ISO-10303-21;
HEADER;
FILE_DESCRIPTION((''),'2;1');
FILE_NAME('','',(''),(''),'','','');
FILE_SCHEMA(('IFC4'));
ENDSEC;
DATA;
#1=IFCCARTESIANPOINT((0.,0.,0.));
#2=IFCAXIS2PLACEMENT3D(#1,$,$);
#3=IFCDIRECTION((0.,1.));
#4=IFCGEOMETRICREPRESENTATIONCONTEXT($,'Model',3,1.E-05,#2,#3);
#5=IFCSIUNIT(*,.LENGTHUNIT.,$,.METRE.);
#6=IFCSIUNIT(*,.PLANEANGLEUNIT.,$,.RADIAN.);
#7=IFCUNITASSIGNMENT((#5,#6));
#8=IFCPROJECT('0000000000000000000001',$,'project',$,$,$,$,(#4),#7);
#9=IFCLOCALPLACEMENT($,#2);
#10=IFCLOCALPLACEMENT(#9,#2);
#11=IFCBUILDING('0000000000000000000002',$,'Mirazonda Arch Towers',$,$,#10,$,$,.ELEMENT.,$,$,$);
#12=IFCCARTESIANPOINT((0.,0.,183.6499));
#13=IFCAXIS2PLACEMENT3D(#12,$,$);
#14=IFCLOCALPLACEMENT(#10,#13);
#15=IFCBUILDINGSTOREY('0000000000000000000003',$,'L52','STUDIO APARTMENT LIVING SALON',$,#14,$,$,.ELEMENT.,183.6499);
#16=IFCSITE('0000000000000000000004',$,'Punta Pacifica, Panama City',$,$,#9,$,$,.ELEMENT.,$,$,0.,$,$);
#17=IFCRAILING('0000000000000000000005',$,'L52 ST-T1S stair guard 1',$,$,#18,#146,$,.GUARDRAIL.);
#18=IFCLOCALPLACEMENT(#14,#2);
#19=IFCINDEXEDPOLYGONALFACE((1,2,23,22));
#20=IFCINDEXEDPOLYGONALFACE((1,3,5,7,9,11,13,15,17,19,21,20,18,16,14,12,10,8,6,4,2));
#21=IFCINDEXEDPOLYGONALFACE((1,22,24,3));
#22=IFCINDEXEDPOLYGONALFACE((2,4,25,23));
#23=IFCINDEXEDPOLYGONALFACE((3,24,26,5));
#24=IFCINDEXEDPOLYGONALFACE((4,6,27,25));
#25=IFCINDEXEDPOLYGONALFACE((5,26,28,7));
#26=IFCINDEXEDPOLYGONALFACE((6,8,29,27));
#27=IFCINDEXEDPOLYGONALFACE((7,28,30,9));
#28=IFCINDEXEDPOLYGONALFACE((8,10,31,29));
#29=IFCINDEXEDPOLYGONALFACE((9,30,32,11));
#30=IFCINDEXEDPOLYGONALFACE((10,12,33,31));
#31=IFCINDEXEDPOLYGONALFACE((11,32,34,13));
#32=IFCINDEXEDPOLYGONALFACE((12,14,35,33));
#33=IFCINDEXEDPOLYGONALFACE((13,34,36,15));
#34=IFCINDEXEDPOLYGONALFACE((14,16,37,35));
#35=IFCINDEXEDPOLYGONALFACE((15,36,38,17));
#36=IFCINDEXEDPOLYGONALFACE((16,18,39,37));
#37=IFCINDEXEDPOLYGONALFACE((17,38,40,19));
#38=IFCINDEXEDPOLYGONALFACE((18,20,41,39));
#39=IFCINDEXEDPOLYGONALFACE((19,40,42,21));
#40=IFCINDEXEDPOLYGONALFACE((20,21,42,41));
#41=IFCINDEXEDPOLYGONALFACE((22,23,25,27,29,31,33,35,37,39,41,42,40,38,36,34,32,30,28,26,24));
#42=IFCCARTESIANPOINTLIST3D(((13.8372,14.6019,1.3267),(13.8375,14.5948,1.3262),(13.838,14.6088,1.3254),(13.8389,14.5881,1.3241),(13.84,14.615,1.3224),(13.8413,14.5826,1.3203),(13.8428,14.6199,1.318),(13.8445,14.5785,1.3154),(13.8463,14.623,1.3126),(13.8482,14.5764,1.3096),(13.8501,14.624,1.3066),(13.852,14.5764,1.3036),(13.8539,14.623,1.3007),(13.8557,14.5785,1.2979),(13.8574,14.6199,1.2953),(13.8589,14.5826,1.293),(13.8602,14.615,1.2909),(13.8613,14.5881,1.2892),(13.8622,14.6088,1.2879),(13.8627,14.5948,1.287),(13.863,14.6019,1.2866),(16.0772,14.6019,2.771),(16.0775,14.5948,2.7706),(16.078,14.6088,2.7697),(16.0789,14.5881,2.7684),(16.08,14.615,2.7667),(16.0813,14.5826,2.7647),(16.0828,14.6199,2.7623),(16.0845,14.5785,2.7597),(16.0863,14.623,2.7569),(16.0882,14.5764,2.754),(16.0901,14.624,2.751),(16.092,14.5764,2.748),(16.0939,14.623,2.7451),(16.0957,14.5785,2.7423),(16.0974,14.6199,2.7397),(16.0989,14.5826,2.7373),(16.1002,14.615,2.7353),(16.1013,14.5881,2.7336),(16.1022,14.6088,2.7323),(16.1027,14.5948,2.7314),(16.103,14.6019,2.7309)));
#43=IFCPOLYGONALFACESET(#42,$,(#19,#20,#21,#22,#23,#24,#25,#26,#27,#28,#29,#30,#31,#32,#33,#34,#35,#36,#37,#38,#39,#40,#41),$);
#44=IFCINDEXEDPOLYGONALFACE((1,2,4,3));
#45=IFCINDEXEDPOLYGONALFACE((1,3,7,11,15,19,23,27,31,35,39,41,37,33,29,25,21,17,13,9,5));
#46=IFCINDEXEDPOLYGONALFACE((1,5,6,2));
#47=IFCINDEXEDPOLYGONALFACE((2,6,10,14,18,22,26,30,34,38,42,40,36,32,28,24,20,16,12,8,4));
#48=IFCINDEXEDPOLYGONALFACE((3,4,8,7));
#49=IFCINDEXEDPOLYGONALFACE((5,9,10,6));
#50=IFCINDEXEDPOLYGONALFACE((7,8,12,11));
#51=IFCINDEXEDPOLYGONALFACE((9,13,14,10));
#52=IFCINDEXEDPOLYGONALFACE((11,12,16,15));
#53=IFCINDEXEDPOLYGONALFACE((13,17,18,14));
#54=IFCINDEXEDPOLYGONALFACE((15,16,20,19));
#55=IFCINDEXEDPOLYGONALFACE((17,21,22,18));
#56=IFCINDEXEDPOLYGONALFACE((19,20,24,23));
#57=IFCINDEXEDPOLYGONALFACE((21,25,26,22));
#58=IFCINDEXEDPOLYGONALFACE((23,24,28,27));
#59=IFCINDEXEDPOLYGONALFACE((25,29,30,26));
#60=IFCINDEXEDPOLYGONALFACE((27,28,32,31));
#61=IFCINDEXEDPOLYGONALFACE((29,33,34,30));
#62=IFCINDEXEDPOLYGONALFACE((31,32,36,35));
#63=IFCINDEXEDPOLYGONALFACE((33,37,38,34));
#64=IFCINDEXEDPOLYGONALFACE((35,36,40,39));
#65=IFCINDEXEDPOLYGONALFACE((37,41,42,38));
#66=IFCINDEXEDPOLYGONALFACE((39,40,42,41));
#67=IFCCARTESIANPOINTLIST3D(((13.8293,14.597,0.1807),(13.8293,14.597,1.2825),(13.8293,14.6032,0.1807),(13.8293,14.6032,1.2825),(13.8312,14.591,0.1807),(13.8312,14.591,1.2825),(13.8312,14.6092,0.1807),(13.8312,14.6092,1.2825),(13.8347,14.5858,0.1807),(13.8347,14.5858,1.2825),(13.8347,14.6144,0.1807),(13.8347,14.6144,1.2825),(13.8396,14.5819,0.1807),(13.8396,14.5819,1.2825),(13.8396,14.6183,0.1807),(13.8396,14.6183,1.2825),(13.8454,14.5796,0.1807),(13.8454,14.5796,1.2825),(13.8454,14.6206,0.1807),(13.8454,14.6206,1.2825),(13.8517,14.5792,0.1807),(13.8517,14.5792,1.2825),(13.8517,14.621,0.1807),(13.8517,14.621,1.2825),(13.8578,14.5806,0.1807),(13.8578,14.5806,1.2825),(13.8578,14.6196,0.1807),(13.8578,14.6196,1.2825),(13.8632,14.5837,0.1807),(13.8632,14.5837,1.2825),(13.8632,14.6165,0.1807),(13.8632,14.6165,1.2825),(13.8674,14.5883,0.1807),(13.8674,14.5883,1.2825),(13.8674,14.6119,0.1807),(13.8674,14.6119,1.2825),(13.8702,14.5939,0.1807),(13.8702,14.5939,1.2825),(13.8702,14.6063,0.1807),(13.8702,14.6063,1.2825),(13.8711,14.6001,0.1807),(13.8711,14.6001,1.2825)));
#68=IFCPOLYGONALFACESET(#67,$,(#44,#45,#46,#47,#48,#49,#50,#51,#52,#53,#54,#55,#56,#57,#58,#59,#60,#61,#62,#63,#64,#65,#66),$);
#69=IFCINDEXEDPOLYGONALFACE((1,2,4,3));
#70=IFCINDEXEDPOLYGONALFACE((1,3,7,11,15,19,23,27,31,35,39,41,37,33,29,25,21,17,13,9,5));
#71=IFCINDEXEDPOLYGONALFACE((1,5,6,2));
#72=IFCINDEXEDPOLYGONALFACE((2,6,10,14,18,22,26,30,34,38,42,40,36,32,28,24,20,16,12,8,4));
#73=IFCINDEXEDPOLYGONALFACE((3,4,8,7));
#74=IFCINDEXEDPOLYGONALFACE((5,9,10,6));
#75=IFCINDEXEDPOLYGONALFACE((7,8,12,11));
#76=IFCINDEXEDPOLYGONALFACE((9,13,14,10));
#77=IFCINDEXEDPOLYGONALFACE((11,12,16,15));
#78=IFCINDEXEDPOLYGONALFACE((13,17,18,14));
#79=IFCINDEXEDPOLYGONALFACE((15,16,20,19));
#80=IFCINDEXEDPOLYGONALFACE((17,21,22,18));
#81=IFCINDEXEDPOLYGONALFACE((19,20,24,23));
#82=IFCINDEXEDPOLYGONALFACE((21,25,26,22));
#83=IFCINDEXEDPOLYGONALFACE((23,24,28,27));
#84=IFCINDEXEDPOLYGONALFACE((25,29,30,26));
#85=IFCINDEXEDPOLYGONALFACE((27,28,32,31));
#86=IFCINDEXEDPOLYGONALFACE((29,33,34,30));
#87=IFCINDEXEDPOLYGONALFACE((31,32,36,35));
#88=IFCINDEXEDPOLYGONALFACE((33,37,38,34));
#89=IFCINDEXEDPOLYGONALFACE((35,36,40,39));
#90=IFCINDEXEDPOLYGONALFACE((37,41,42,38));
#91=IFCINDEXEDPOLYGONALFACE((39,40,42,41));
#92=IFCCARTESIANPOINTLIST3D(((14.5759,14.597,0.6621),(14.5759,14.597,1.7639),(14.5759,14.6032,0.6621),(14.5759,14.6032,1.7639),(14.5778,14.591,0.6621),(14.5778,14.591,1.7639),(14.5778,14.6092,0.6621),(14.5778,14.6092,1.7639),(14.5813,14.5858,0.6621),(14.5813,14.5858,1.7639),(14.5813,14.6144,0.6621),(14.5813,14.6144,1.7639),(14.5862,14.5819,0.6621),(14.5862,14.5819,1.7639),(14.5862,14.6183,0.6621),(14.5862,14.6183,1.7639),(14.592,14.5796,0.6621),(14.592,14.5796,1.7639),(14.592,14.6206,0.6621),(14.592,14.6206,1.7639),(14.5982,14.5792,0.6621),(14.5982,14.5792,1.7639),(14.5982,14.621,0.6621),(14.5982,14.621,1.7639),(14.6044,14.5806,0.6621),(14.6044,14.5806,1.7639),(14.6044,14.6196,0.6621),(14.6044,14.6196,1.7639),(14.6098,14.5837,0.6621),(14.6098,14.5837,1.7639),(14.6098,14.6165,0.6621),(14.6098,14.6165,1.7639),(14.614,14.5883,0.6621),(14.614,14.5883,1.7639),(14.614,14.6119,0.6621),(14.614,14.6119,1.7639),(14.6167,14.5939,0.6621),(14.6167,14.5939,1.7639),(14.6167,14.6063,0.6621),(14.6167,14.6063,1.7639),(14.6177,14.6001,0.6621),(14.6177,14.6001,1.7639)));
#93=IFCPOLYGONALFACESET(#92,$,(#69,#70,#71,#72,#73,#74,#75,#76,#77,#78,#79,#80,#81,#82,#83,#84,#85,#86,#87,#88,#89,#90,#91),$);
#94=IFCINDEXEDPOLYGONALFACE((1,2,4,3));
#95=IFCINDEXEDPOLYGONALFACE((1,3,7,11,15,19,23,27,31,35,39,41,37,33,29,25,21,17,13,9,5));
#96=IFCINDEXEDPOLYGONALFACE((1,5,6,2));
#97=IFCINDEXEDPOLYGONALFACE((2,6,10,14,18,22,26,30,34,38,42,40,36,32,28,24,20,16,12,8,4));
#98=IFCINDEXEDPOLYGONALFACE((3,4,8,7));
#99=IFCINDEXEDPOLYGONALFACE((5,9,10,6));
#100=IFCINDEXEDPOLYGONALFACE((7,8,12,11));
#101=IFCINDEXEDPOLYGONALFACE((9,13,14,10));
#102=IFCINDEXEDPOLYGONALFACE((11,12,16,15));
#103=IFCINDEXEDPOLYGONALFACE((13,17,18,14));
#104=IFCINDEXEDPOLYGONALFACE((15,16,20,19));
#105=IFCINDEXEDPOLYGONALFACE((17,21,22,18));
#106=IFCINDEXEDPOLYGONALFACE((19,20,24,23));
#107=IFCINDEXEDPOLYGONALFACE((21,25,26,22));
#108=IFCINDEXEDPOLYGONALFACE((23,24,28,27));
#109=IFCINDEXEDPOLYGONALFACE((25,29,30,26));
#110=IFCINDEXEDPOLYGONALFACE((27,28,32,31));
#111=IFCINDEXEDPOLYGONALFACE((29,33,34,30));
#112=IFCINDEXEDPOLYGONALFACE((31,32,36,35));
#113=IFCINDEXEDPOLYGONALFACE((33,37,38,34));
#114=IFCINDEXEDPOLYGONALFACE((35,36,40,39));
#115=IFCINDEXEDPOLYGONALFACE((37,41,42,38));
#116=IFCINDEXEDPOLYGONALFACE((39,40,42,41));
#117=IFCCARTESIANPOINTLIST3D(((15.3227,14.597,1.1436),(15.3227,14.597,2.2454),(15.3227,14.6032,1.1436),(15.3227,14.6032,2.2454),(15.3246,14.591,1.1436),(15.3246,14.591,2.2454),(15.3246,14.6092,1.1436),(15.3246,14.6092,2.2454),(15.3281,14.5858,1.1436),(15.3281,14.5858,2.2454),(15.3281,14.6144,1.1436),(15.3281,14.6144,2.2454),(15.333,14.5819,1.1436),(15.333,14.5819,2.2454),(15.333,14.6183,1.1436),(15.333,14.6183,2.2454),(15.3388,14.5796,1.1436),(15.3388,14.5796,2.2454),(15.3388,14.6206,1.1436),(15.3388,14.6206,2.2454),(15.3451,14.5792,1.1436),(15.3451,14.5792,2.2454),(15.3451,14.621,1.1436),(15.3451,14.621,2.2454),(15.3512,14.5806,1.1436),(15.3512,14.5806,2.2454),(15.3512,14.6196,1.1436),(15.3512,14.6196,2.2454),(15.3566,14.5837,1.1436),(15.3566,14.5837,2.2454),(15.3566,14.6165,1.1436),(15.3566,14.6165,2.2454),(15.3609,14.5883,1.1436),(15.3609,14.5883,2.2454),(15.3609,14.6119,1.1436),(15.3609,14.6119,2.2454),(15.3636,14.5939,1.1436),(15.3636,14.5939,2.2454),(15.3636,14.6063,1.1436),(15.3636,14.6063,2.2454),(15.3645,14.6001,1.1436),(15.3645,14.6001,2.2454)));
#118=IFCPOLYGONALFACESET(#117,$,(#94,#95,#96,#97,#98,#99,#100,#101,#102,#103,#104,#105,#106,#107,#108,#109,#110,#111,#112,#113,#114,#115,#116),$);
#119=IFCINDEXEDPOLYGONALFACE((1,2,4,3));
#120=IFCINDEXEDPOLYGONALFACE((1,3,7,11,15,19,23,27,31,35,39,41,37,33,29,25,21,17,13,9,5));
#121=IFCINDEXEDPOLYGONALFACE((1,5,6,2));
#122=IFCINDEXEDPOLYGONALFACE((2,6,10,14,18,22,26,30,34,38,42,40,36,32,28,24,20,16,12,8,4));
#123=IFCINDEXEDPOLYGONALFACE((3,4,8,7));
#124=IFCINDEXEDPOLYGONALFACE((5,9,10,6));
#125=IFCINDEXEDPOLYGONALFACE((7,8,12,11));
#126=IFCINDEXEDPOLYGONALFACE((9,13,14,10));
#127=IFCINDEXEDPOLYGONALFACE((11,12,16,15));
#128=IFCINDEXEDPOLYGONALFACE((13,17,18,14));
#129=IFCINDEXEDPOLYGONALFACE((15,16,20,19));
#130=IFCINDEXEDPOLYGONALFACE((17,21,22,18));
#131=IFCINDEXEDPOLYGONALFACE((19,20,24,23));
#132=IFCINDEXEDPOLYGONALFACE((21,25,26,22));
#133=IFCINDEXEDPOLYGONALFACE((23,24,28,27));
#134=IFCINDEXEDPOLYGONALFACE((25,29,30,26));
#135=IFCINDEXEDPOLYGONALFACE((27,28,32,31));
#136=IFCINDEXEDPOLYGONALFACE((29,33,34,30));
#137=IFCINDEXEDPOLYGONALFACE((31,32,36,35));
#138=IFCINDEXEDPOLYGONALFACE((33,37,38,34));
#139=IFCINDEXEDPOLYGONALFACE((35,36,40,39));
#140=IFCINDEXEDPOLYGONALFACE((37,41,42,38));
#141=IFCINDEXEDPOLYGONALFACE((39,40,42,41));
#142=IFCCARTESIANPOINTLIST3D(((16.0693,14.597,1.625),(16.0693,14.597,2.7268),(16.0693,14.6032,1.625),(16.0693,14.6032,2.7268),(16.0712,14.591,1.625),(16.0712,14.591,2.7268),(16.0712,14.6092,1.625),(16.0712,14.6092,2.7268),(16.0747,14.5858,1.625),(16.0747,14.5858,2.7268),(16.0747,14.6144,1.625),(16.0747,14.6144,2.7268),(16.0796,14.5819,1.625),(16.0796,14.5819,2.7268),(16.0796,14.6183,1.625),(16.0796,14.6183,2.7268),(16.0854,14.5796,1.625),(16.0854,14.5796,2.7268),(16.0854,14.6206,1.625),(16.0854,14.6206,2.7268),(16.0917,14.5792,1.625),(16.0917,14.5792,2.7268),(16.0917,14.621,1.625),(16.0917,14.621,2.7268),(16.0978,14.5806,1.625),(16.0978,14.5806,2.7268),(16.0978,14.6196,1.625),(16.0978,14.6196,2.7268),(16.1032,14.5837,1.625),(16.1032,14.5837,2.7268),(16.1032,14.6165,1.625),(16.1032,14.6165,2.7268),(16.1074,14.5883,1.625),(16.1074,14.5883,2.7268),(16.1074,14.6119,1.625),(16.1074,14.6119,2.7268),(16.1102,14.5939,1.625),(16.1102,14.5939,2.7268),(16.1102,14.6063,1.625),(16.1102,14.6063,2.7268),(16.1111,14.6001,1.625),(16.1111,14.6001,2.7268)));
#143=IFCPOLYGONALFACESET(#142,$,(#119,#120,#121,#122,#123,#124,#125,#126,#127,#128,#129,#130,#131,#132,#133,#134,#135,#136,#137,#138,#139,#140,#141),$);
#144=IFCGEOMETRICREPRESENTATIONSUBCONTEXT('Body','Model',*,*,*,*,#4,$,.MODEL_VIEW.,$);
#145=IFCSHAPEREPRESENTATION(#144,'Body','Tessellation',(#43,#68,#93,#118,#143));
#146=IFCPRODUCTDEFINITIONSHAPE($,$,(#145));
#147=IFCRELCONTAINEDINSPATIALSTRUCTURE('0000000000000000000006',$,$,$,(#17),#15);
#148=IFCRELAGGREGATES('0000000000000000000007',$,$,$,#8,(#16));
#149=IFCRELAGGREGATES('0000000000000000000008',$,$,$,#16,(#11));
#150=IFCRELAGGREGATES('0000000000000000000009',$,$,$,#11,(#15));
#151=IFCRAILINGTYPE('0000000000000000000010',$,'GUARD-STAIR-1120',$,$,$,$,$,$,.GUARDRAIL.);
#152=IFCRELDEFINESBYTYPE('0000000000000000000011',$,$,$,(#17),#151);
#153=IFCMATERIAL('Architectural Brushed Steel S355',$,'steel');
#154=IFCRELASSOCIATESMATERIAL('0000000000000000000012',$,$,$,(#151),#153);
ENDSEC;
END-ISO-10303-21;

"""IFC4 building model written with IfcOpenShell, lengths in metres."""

from ifc_helpers import new_model, si_unit, direction, frame, origin, origin_2d, place, context, subcontext, project, spatial, circle, extrude, material, type_object, element, save


model = new_model("IFC4")

# Units and contexts
model_context = context("Model", 3, precision=1e-05, world=origin(), true_north=direction((0.0, 1.0)))
body_context = subcontext(model_context, "Body", "Model", "MODEL_VIEW")
ifc_project = project(units=[si_unit("LENGTHUNIT", "METRE"), si_unit("PLANEANGLEUNIT", "RADIAN")], contexts=[model_context])

# Site, building, storey
site_placement = place(None, origin())
site = spatial("IfcSite", under=ifc_project, at=site_placement, Name="Punta Pacifica, Panama City", CompositionType="ELEMENT", RefElevation=0.0)
building_placement = place(site_placement, origin())
building = spatial("IfcBuilding", under=site, at=building_placement, Name="Mirazonda Arch Towers", CompositionType="ELEMENT")
storey_placement = place(building_placement, frame((0.0, 0.0, 183.6499)))
storey = spatial("IfcBuildingStorey", under=building, at=storey_placement, Name="L52", Description="STUDIO APARTMENT LIVING SALON", CompositionType="ELEMENT", Elevation=183.6499)

# Shared definitions
ifc_material_1 = material(Name="Architectural Brushed Steel S355", Category="steel")

# Railing
railing_type_1 = type_object("IfcRailingType", Name="GUARD-STAIR-1120", PredefinedType="GUARDRAIL", material=ifc_material_1)
railing_1_placement = place(storey_placement, frame((13.8501, 14.6001, 0.1807)))
element("IfcRailing", 1, at=railing_1_placement, inside=storey, type_object=railing_type_1, Name="L52 ST-T1S stair guard 1", PredefinedType="GUARDRAIL", context=body_context, shape_type="SweptSolid", body=[
    extrude(circle(Radius=0.0239, at=origin_2d()), frame((0.0, 0.0, 1.126), z_axis=(0.840437, 0.0, 0.54191), x_axis=(0.0, 1.0, 0.0)), (0.0, 0.0, 1.0), 2.6653),
    extrude(circle(Radius=0.021, at=origin_2d()), origin(), (0.0, 0.0, 1.0), 1.1018),
    extrude(circle(Radius=0.021, at=origin_2d()), frame((0.7466, 0.0, 0.4814)), (0.0, 0.0, 1.0), 1.1018),
    extrude(circle(Radius=0.021, at=origin_2d()), frame((1.4934, 0.0, 0.9629)), (0.0, 0.0, 1.0), 1.1018),
    extrude(circle(Radius=0.021, at=origin_2d()), frame((2.24, 0.0, 1.4443)), (0.0, 0.0, 1.0), 1.1018),
])

save(model, "model.ifc")
